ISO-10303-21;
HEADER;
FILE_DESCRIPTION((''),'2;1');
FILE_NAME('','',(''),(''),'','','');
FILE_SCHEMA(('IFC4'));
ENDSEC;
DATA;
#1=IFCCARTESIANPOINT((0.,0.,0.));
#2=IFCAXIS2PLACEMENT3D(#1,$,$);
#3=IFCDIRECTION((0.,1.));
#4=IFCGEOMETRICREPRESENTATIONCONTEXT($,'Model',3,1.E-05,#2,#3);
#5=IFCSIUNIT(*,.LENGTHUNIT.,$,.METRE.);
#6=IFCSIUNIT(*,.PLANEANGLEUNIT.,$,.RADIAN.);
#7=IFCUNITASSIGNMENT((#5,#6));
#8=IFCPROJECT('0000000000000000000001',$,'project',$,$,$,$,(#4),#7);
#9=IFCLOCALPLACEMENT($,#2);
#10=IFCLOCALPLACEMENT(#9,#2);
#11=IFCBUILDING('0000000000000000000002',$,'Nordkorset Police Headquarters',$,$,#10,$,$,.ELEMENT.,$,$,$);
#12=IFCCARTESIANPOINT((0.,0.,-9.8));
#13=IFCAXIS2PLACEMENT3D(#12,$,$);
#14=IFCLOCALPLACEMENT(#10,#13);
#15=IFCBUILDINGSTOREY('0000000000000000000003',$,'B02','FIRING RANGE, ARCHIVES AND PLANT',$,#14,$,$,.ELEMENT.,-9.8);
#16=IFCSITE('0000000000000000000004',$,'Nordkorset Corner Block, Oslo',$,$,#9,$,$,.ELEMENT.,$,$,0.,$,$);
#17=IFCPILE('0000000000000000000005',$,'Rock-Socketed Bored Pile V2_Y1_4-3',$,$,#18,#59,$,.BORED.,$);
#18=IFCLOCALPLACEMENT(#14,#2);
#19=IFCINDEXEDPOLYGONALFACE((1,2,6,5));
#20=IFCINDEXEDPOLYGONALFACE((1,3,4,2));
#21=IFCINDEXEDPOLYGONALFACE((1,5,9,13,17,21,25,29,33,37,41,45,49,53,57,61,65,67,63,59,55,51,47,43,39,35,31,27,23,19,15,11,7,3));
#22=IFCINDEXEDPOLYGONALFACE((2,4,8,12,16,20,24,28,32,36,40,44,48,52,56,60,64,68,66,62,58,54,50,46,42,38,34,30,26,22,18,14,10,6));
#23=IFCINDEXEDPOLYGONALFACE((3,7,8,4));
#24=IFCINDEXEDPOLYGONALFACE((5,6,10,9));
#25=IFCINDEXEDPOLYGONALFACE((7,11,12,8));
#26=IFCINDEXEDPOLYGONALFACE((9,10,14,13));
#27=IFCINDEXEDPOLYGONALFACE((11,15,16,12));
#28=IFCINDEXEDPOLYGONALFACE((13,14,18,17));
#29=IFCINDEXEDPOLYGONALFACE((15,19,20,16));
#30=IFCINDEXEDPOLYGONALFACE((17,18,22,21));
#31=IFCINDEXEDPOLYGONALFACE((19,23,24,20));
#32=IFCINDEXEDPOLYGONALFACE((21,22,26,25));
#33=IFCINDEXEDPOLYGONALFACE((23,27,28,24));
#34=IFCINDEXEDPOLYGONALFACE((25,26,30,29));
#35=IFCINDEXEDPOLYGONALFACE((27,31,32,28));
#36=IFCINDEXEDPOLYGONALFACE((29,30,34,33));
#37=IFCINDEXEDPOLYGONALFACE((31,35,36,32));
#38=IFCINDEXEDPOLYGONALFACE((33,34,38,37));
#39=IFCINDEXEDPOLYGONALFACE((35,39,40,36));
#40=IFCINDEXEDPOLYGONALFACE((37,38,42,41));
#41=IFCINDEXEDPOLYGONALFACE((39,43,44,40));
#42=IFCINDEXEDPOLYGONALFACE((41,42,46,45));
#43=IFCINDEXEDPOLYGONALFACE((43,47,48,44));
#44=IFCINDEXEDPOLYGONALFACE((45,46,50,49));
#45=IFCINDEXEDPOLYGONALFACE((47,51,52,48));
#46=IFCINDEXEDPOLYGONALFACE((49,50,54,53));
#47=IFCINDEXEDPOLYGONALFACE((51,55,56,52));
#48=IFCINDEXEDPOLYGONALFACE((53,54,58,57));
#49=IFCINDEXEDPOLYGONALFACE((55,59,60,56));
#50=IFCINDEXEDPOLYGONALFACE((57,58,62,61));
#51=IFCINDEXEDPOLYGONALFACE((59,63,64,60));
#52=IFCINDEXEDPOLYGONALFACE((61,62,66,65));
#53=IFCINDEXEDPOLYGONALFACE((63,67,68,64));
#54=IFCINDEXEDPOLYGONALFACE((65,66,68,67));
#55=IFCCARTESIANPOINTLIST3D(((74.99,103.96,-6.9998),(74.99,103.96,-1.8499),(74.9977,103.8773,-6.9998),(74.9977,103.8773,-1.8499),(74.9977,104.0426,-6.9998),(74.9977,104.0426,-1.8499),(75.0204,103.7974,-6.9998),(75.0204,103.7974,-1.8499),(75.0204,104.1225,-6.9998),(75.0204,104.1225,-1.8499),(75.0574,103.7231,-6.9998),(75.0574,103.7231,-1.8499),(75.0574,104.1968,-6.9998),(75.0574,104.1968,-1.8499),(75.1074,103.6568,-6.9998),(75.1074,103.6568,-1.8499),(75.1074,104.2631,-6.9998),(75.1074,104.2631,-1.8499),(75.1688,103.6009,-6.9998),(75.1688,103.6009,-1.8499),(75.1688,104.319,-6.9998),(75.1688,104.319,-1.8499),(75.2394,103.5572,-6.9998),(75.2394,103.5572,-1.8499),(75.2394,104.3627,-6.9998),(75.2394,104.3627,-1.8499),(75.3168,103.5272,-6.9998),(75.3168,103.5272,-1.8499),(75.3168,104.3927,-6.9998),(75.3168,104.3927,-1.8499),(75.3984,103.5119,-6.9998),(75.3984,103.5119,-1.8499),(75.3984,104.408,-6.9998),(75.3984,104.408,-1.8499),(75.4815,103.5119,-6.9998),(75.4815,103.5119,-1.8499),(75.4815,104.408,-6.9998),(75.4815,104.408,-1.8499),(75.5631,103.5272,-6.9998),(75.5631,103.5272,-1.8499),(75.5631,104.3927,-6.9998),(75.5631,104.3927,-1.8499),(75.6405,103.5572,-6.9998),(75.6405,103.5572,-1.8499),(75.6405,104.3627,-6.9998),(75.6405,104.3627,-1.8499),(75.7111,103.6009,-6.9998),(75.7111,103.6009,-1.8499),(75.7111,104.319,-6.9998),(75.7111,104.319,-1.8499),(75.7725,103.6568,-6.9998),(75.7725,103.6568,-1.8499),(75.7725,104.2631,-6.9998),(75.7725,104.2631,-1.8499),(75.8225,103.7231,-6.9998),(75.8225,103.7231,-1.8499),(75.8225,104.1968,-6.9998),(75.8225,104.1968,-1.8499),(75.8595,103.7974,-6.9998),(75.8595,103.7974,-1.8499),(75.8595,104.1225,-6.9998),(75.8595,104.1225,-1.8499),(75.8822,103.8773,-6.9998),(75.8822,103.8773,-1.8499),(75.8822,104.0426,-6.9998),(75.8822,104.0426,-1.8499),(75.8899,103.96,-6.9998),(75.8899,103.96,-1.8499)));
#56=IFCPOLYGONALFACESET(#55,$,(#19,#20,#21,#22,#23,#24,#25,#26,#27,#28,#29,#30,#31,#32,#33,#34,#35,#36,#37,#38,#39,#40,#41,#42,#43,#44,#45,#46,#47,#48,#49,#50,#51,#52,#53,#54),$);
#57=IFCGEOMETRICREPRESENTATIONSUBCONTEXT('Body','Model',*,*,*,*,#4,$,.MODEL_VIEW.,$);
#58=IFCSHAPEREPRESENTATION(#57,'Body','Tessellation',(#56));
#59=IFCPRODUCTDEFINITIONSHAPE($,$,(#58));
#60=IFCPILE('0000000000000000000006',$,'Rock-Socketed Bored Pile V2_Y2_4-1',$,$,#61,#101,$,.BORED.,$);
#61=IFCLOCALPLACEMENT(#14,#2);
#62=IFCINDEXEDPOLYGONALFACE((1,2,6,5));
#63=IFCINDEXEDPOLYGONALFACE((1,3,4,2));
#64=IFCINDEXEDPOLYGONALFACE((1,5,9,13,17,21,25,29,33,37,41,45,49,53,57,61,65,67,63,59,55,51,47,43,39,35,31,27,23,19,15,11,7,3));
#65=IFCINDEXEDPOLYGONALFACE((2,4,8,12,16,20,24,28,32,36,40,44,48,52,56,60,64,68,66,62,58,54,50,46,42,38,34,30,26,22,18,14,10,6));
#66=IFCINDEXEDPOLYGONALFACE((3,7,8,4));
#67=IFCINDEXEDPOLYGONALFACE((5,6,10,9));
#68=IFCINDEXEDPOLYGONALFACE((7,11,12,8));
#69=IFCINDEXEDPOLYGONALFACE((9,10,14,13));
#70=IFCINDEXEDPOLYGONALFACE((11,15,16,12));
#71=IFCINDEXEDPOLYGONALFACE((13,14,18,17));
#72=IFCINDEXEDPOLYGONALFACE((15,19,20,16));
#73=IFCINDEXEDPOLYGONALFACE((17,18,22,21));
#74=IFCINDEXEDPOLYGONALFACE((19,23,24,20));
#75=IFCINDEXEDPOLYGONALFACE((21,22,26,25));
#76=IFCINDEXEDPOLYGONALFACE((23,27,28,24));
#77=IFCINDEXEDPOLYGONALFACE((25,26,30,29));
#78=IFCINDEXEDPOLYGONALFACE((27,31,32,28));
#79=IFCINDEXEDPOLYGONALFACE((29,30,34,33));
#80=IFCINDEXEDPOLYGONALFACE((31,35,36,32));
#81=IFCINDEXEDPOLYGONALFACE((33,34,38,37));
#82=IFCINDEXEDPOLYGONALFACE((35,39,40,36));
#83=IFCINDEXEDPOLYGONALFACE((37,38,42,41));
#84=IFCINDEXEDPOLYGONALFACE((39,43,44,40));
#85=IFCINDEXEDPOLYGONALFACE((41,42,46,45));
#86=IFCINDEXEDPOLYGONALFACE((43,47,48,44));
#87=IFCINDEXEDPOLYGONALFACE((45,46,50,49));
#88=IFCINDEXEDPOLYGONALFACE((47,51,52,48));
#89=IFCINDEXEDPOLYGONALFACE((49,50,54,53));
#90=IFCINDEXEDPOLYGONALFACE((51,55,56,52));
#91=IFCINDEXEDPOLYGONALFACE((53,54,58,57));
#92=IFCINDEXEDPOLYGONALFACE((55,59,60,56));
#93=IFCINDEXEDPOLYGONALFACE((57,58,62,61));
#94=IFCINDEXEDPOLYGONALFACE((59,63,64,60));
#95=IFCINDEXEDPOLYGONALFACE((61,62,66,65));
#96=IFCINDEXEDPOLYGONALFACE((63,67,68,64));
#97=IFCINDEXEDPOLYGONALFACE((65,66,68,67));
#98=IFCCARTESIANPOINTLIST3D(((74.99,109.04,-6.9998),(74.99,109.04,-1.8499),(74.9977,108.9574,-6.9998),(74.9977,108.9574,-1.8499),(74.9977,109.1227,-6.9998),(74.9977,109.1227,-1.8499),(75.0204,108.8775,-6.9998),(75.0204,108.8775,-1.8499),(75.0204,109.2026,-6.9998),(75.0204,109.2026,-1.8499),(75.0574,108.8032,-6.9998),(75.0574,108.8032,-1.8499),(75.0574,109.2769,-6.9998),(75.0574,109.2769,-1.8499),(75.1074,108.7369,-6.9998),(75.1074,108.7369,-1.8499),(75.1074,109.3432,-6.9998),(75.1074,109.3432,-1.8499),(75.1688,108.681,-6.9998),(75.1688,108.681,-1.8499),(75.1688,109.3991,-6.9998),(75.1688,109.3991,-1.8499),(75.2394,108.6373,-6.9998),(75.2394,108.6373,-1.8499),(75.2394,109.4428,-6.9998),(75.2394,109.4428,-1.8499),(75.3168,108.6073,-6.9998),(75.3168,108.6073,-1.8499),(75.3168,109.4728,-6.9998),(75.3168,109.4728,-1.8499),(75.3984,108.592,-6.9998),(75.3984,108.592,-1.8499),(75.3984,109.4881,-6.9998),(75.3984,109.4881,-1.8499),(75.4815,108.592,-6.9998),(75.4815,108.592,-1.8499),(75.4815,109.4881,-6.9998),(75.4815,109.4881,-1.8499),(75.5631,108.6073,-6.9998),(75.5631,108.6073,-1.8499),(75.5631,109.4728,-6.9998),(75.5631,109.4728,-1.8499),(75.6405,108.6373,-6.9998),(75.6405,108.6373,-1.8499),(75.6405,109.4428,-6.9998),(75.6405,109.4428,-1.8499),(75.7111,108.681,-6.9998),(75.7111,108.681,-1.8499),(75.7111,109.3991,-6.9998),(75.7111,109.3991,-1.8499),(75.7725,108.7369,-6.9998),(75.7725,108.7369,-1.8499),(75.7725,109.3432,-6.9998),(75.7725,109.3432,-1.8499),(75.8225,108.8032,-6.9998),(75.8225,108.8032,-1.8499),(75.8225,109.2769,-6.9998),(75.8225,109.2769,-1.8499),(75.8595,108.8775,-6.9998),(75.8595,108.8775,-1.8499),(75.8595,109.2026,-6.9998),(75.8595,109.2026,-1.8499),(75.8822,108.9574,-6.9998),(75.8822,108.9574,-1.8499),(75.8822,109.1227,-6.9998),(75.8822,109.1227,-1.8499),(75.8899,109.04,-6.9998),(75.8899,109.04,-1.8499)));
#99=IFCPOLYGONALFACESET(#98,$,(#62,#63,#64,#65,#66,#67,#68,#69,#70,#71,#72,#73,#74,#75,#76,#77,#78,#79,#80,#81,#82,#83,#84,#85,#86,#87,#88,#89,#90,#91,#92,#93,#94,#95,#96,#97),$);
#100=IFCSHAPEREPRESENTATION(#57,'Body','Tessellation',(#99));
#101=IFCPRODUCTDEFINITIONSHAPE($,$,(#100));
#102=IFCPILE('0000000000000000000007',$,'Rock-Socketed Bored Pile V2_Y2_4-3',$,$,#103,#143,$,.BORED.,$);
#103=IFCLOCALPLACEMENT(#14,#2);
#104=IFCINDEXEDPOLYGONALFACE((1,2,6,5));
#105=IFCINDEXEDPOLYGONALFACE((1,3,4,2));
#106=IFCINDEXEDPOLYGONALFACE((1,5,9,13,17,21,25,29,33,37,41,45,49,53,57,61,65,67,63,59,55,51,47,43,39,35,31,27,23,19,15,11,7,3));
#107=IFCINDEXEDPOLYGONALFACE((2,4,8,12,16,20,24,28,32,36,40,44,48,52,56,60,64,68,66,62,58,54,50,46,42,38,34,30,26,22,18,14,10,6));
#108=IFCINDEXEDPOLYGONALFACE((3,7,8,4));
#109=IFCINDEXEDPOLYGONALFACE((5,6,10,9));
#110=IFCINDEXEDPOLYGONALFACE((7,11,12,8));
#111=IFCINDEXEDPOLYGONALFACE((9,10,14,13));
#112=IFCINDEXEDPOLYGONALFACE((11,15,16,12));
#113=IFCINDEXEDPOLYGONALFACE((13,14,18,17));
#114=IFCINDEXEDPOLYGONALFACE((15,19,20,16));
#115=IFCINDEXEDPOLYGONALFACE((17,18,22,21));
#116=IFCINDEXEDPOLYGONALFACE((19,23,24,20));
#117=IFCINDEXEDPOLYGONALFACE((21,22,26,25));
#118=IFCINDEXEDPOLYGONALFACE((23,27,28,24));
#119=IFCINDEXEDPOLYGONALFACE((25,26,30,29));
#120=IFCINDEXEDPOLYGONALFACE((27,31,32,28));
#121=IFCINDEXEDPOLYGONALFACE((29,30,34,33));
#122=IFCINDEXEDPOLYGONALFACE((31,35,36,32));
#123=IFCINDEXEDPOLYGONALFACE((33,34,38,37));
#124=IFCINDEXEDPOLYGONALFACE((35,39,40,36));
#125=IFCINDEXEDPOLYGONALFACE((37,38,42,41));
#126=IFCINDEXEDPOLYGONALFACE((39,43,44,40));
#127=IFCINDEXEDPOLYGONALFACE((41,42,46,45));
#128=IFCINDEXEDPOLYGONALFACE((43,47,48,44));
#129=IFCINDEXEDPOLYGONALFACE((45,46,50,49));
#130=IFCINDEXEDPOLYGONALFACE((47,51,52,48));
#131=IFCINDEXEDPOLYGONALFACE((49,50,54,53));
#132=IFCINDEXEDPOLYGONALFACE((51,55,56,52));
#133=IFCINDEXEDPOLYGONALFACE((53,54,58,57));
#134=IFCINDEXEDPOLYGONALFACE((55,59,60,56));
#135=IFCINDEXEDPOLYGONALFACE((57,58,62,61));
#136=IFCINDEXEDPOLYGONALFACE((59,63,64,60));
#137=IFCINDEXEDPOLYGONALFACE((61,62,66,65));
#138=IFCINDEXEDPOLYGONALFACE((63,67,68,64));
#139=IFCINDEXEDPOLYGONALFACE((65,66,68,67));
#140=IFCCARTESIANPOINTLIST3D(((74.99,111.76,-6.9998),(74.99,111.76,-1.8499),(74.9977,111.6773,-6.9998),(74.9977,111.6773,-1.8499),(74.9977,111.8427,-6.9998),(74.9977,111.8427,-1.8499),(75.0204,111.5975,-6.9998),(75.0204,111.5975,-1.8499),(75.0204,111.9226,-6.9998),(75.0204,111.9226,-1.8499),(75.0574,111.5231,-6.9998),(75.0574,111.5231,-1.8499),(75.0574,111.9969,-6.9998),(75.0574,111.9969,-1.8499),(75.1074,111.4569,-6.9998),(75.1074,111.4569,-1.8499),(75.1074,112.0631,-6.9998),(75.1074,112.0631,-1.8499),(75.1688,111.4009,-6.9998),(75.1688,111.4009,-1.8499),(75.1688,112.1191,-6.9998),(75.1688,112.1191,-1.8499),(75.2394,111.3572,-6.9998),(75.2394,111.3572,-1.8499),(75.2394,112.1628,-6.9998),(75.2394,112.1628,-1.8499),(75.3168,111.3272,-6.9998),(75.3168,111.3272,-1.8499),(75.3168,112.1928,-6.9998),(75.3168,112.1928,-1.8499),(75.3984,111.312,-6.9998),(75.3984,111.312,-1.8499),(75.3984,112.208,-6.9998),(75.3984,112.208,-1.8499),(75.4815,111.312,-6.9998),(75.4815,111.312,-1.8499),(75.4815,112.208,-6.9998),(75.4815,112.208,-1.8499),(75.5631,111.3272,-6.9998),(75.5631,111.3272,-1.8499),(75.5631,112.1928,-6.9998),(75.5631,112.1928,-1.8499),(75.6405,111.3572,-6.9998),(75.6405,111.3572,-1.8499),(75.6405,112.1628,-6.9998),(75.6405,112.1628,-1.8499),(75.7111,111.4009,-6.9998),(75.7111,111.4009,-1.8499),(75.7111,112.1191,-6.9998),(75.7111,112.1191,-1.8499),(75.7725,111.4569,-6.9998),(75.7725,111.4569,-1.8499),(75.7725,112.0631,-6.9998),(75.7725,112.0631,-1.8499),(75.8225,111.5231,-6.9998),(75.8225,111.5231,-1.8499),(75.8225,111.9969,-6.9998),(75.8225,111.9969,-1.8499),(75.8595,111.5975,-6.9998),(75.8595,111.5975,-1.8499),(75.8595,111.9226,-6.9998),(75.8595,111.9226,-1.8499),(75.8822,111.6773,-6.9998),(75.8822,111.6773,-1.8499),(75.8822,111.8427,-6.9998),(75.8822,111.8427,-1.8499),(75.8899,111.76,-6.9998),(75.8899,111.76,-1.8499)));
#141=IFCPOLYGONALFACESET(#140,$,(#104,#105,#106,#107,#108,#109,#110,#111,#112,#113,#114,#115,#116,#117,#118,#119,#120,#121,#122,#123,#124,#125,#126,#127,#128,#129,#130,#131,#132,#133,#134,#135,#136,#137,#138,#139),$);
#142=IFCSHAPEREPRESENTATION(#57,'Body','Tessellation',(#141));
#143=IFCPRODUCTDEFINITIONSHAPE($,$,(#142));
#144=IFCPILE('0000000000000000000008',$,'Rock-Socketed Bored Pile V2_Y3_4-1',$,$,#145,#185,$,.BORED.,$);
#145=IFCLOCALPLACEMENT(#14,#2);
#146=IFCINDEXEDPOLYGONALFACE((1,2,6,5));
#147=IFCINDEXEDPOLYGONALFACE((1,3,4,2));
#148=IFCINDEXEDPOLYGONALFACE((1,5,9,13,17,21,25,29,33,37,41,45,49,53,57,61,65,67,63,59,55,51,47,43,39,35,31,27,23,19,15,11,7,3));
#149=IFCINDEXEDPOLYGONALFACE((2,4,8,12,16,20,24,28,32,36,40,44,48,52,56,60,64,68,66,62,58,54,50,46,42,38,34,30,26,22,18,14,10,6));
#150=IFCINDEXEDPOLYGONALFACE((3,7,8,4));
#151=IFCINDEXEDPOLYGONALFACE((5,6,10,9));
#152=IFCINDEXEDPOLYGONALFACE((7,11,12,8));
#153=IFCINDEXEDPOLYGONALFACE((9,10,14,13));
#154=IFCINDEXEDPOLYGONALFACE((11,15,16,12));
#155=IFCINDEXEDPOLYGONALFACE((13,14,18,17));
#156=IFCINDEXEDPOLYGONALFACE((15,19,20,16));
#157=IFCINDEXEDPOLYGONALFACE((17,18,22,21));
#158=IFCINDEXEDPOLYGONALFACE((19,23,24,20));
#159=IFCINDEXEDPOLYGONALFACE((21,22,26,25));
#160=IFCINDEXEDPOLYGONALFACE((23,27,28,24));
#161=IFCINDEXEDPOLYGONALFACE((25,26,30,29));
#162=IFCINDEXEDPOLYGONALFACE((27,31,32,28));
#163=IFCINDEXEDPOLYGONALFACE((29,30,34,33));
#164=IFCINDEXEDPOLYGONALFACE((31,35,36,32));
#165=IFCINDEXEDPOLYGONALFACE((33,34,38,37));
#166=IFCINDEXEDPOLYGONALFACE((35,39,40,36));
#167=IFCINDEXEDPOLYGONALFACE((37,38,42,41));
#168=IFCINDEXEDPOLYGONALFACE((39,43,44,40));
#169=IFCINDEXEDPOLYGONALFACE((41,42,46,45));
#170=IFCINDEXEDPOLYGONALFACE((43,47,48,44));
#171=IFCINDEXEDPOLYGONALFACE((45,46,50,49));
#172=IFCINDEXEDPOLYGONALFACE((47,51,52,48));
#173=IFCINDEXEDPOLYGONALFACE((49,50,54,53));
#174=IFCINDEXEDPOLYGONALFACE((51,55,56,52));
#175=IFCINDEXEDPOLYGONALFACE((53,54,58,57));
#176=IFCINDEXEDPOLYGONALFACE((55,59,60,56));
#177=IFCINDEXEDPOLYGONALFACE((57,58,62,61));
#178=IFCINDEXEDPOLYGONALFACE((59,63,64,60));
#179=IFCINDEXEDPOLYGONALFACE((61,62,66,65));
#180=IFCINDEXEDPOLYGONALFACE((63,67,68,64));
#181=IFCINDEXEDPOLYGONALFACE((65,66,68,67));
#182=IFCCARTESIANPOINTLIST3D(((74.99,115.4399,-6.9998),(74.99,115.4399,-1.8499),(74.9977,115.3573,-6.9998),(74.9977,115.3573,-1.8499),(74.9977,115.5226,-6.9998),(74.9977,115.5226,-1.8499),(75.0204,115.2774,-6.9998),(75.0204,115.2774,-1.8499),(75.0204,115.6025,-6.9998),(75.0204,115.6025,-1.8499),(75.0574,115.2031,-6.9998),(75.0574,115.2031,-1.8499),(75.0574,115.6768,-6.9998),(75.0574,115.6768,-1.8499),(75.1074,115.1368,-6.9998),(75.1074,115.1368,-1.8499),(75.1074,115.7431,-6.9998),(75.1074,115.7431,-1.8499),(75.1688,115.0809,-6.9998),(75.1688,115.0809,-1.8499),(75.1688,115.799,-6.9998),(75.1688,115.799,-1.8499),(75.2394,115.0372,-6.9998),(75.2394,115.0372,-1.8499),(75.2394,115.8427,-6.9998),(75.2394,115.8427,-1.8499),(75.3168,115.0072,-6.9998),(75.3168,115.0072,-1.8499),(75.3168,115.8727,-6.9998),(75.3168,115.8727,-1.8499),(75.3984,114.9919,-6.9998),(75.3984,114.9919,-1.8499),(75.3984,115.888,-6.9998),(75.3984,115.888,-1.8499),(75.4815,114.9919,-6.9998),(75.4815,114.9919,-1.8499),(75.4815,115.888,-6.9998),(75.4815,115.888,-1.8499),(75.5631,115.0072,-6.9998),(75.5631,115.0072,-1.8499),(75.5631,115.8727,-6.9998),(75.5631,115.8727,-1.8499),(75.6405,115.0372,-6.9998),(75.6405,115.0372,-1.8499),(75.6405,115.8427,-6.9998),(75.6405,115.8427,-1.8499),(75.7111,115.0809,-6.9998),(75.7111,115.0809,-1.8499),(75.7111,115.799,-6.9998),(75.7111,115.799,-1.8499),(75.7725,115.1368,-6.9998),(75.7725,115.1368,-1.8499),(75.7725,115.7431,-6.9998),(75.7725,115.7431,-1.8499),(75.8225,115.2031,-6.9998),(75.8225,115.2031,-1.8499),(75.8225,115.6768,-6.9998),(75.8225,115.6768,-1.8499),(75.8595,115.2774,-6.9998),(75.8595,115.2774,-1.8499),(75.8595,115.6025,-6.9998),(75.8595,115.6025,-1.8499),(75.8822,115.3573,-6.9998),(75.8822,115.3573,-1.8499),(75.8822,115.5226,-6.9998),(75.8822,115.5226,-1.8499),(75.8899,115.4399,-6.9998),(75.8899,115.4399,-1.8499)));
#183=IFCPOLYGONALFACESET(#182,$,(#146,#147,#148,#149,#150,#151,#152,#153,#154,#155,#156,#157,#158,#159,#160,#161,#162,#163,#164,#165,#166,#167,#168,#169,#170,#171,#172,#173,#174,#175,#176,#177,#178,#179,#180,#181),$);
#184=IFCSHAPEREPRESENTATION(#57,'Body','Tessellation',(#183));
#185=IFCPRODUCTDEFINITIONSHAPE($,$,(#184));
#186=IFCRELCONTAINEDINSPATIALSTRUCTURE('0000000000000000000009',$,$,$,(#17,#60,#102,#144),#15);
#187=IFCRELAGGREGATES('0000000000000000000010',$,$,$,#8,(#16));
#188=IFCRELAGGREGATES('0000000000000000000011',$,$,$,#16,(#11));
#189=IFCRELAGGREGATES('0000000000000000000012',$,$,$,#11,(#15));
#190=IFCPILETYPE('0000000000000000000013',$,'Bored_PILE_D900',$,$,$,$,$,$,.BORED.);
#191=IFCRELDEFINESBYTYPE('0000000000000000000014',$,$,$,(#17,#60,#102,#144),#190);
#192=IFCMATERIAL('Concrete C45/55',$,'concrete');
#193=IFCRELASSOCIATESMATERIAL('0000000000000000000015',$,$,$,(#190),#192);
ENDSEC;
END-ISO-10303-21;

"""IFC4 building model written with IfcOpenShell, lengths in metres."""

from ifc_helpers import new_model, si_unit, direction, frame, origin, origin_2d, place, context, subcontext, project, spatial, circle, extrude, material, material_profile, profile_set, type_object, element, save


model = new_model("IFC4")

# Units and contexts
model_context = context("Model", 3, precision=1e-05, world=origin(), true_north=direction((0.0, 1.0)))
body_context = subcontext(model_context, "Body", "Model", "MODEL_VIEW")
ifc_project = project(units=[si_unit("LENGTHUNIT", "METRE"), si_unit("PLANEANGLEUNIT", "RADIAN")], contexts=[model_context])

# Site, building, storey
site_placement = place(None, origin())
site = spatial("IfcSite", under=ifc_project, at=site_placement, Name="Nordkorset Corner Block, Oslo", CompositionType="ELEMENT", RefElevation=0.0)
building_placement = place(site_placement, origin())
building = spatial("IfcBuilding", under=site, at=building_placement, Name="Nordkorset Police Headquarters", CompositionType="ELEMENT")
storey_placement = place(building_placement, frame((0.0, 0.0, -9.8)))
storey = spatial("IfcBuildingStorey", under=building, at=storey_placement, Name="B02", Description="FIRING RANGE, ARCHIVES AND PLANT", CompositionType="ELEMENT", Elevation=-9.8)

# Piles
ifc_material_1 = material(Name="Concrete C45/55", Category="concrete")
ifc_material_profile_1 = material_profile(ifc_material_1, circle(Radius=0.45, at=origin_2d()), Name="PILE D900")
ifc_profile_set_1 = profile_set([ifc_material_profile_1], Name="Concrete C45/55")
pile_type = type_object("IfcPileType", Name="Bored_PILE_D900", PredefinedType="BORED", material=ifc_profile_set_1)
for number, where, z_axis, x_axis, name in (
    (1, (75.4399, 103.96, -1.8499), (0.0, 0.0, -1.0), (1.0, 0.0, 0.0), "Rock-Socketed Bored Pile V2_Y1_4-3"),
    (2, (75.4399, 109.04, -1.8499), (0.0, 0.0, -1.0), (1.0, 0.0, 0.0), "Rock-Socketed Bored Pile V2_Y2_4-1"),
    (3, (75.4399, 111.76, -1.8499), (0.0, 0.0, -1.0), (1.0, 0.0, 0.0), "Rock-Socketed Bored Pile V2_Y2_4-3"),
    (4, (75.4399, 115.4399, -1.8499), (0.0, 0.0, -1.0), (1.0, 0.0, 0.0), "Rock-Socketed Bored Pile V2_Y3_4-1"),
):
    element("IfcPile", number, at=place(storey_placement, frame(where, z_axis=z_axis, x_axis=x_axis)), inside=storey, type_object=pile_type, Name=name, PredefinedType="BORED", context=body_context, shape_type="SweptSolid", body=[
        extrude(circle(Radius=0.45, at=origin_2d()), origin(), (0.0, 0.0, 1.0), 5.1499),
    ])

save(model, "model.ifc")
